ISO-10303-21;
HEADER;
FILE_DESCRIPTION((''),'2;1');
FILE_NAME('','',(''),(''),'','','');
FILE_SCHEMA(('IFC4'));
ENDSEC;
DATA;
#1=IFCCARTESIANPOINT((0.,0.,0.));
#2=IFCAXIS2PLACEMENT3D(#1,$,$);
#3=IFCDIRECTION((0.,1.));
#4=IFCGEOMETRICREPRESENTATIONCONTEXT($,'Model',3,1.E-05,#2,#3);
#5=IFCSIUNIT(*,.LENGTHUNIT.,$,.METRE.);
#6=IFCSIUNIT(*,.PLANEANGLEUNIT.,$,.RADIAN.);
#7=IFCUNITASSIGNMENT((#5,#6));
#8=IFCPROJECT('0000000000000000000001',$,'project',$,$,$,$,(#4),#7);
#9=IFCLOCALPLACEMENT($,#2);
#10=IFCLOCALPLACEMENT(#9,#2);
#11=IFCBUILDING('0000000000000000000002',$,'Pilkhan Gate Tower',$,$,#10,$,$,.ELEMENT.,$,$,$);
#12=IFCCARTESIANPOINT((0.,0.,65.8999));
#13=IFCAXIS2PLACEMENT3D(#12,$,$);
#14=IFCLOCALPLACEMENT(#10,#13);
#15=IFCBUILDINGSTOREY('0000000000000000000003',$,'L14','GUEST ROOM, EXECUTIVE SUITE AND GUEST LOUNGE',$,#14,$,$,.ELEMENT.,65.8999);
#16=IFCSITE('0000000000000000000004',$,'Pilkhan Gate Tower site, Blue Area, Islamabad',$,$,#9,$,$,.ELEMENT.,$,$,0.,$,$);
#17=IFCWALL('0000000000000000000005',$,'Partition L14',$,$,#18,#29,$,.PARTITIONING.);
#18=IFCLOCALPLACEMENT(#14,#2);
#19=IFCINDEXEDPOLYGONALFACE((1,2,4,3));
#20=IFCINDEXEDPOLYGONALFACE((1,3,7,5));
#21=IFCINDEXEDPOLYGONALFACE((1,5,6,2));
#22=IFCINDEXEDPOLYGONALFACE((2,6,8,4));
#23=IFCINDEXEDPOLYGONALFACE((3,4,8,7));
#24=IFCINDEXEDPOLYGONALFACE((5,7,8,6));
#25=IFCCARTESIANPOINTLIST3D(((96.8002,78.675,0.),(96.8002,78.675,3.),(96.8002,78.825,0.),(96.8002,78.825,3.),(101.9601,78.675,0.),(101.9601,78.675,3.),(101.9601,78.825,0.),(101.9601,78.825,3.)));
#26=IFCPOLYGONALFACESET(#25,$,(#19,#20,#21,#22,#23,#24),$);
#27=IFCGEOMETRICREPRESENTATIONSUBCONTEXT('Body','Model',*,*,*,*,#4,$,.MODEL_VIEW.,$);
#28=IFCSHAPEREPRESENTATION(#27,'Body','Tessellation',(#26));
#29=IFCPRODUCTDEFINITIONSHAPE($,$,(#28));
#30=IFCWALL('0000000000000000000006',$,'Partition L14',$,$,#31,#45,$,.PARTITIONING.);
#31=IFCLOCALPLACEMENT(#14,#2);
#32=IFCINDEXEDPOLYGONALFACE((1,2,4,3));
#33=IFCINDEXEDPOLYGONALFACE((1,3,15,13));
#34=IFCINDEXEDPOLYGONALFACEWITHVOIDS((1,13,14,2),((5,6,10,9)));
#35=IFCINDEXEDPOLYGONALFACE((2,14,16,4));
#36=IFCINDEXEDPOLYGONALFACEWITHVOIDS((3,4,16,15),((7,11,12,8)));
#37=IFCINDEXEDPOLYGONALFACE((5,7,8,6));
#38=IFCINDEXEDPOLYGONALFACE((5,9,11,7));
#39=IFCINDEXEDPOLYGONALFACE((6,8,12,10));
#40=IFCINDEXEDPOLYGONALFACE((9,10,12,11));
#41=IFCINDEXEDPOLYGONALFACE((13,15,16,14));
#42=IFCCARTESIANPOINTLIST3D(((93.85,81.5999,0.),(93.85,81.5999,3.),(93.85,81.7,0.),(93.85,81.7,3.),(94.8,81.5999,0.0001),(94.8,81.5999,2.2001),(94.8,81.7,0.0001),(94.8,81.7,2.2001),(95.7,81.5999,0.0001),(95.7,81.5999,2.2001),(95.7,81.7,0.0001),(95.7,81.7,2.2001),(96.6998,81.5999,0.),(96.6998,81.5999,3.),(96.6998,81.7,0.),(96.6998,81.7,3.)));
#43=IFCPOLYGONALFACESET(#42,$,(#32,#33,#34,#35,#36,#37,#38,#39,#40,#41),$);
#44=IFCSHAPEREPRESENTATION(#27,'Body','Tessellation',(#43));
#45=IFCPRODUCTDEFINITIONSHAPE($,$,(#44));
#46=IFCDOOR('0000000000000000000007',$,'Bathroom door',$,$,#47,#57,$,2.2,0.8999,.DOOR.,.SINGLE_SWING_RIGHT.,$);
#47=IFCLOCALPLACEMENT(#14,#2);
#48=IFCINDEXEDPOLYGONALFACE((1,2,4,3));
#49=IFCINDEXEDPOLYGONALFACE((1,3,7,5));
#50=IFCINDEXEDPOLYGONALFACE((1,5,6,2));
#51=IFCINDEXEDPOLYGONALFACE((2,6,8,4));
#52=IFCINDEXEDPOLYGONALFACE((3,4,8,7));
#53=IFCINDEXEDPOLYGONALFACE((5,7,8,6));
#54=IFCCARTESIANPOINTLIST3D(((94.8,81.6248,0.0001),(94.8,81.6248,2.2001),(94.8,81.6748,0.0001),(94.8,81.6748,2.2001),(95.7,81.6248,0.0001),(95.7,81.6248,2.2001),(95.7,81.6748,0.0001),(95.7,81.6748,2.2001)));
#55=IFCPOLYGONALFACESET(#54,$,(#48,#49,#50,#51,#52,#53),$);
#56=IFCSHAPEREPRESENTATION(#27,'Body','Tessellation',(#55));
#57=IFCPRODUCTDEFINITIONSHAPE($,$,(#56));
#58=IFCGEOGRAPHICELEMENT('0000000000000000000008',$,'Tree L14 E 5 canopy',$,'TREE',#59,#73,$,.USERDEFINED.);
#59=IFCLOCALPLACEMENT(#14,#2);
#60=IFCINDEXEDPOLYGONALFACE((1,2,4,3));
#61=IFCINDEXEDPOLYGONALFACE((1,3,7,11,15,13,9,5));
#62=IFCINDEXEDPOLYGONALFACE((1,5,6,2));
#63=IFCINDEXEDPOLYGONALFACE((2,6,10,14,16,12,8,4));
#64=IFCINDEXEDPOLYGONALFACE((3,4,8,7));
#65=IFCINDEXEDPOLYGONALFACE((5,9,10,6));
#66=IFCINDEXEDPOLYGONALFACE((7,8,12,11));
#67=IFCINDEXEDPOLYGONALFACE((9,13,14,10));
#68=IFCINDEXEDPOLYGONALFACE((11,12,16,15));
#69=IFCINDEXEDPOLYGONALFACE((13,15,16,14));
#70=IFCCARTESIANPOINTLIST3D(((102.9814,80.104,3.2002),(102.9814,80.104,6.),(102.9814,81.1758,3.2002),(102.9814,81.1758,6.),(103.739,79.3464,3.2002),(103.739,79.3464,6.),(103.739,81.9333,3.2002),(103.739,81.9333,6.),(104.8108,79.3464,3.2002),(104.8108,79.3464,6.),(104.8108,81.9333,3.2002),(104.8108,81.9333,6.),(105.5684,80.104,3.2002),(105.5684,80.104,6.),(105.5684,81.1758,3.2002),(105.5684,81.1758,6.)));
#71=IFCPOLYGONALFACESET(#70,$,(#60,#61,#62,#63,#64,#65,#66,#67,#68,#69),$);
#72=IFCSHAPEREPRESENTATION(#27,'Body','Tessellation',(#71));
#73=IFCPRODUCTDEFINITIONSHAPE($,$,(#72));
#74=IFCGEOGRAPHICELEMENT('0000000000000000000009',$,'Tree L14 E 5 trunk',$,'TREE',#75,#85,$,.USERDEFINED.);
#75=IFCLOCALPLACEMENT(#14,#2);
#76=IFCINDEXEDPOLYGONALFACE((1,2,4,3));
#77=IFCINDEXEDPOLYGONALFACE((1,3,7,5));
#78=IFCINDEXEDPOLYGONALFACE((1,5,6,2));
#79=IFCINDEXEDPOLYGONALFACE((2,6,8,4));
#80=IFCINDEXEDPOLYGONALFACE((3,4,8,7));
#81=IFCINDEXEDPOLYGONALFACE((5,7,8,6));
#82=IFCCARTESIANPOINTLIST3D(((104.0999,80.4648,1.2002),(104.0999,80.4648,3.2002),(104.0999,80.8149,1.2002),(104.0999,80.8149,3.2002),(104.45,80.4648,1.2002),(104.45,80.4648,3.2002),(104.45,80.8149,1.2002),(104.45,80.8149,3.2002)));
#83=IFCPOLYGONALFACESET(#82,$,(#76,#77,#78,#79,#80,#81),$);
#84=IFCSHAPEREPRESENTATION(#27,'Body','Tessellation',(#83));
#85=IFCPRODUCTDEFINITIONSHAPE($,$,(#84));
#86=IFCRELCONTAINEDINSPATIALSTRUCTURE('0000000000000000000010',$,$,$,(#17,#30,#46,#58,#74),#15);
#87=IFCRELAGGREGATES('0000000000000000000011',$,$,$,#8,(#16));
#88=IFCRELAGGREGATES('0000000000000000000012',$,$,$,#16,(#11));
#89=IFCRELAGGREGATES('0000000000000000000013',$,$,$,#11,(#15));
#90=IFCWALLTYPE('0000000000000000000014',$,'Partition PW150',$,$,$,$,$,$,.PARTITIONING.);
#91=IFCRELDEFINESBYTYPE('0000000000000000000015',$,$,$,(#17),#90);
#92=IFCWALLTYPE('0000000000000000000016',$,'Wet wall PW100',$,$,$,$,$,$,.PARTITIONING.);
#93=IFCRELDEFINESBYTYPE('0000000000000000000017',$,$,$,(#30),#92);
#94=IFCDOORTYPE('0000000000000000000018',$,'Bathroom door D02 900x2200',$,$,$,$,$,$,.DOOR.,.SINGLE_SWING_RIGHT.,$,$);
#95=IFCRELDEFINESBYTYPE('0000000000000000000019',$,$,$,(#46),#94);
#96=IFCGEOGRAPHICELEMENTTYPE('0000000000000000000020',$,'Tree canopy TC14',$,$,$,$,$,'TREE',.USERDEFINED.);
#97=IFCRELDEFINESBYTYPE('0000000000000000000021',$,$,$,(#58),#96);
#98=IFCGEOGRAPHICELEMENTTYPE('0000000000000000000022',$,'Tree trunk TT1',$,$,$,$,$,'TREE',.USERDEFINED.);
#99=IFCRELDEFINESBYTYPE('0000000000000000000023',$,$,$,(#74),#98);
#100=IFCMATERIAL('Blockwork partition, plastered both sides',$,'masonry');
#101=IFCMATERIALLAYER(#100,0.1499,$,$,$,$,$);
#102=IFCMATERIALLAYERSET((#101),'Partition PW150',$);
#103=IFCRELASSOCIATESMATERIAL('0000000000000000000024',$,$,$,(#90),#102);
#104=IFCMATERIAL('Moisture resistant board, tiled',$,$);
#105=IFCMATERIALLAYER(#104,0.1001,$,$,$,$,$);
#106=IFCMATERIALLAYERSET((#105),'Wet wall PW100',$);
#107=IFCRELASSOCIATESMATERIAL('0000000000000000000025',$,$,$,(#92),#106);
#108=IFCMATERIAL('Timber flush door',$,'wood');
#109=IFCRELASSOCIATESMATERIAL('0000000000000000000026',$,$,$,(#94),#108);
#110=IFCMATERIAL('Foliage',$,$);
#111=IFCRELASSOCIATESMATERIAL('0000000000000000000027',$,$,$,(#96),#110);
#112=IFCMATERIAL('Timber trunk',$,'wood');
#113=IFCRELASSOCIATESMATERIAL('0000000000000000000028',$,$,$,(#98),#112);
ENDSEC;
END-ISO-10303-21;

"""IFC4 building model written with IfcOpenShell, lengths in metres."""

from ifc_helpers import new_model, si_unit, direction, frame, frame_2d, origin, origin_2d, place, context, subcontext, project, spatial, polyline, rectangle, outline, extrude, material, layer, layer_set, material_profile, profile_set, type_object, element, fill, save


model = new_model("IFC4")

# Units and contexts
model_context = context("Model", 3, precision=1e-05, world=origin(), true_north=direction((0.0, 1.0)))
body_context = subcontext(model_context, "Body", "Model", "MODEL_VIEW")
ifc_project = project(units=[si_unit("LENGTHUNIT", "METRE"), si_unit("PLANEANGLEUNIT", "RADIAN")], contexts=[model_context])

# Site, building, storey
site_placement = place(None, origin())
site = spatial("IfcSite", under=ifc_project, at=site_placement, Name="Pilkhan Gate Tower site, Blue Area, Islamabad", CompositionType="ELEMENT", RefElevation=0.0)
building_placement = place(site_placement, origin())
building = spatial("IfcBuilding", under=site, at=building_placement, Name="Pilkhan Gate Tower", CompositionType="ELEMENT")
storey_placement = place(building_placement, frame((0.0, 0.0, 65.8999)))
storey = spatial("IfcBuildingStorey", under=building, at=storey_placement, Name="L14", Description="GUEST ROOM, EXECUTIVE SUITE AND GUEST LOUNGE", CompositionType="ELEMENT", Elevation=65.8999)

# Wall
ifc_material_1 = material(Name="Blockwork partition, plastered both sides", Category="masonry")
ifc_layer_1 = layer(ifc_material_1, 0.1499)
ifc_layer_set_1 = layer_set([ifc_layer_1], Name="Partition PW150")
wall_type_1 = type_object("IfcWallType", Name="Partition PW150", PredefinedType="PARTITIONING", material=ifc_layer_set_1)
wall_1_placement = place(storey_placement, frame((96.8, 78.75, 0.0), z_axis=(0.0, 0.0, 1.0), x_axis=(1.0, 0.0, 0.0)))
element("IfcWall", 1, at=wall_1_placement, inside=storey, type_object=wall_type_1, Name="Partition L14", PredefinedType="PARTITIONING", context=body_context, shape_type="SweptSolid", body=[
    extrude(rectangle(XDim=5.1599, YDim=0.1499, at=frame_2d((2.5801, 0.0))), origin(), (0.0, 0.0, 1.0), 3.0),
])

# Wall, opening, door
ifc_material_2 = material(Name="Moisture resistant board, tiled")
ifc_layer_2 = layer(ifc_material_2, 0.1001)
ifc_layer_set_2 = layer_set([ifc_layer_2], Name="Wet wall PW100")
wall_type_2 = type_object("IfcWallType", Name="Wet wall PW100", PredefinedType="PARTITIONING", material=ifc_layer_set_2)
wall_2_placement = place(storey_placement, frame((93.8501, 81.6499, 0.0), z_axis=(0.0, 0.0, 1.0), x_axis=(1.0, 0.0, 0.0)))
wall_2 = element("IfcWall", 2, at=wall_2_placement, inside=storey, type_object=wall_type_2, Name="Partition L14", PredefinedType="PARTITIONING", context=body_context, shape_type="SweptSolid", body=[
    extrude(rectangle(XDim=2.8499, YDim=0.1001, at=frame_2d((1.4248, 0.0))), origin(), (0.0, 0.0, 1.0), 3.0),
])
opening_1_placement = place(wall_2_placement, frame((0.95, 0.0, 0.0)))
opening_1 = element("IfcOpeningElement", 3, at=opening_1_placement, cuts=wall_2, PredefinedType="OPENING", context=body_context, shape_type="SweptSolid", body=[
    extrude(rectangle(XDim=0.8999, YDim=2.2, at=frame_2d((0.45, 1.1001))), frame((0.0, 0.0601, 0.0), z_axis=(0.0, -1.0, 0.0), x_axis=(1.0, 0.0, 0.0)), (0.0, 0.0, 1.0), 0.1201),
])
ifc_material_3 = material(Name="Timber flush door", Category="wood")
door_type_1 = type_object("IfcDoorType", Name="Bathroom door D02 900x2200", OperationType="SINGLE_SWING_RIGHT", PredefinedType="DOOR", material=ifc_material_3)
door_1_placement = place(opening_1_placement, origin())
door_1 = element("IfcDoor", 4, at=door_1_placement, inside=storey, type_object=door_type_1, Name="Bathroom door", OperationType="SINGLE_SWING_RIGHT", OverallHeight=2.2, OverallWidth=0.8999, PredefinedType="DOOR", context=body_context, shape_type="SweptSolid", body=[
    extrude(rectangle(XDim=0.8999, YDim=2.2, at=frame_2d((0.45, 1.1001))), frame((0.0, 0.0249, 0.0), z_axis=(0.0, -1.0, 0.0), x_axis=(1.0, 0.0, 0.0)), (0.0, 0.0, 1.0), 0.05),
])
fill(opening_1, door_1)

# Geographic elements
ifc_material_4 = material(Name="Foliage")
ifc_material_profile_1 = material_profile(ifc_material_4, outline(polyline([(1.2935, 0.5359), (0.5359, 1.2935), (-0.5359, 1.2935), (-1.2935, 0.5359), (-1.2935, -0.5359), (-0.5359, -1.2935), (0.5359, -1.2935), (1.2935, -0.5359), (1.2935, 0.5359)])), Name="Canopy D2.8")
ifc_profile_set_1 = profile_set([ifc_material_profile_1], Name="Foliage")
geographic_element_type_1 = type_object("IfcGeographicElementType", Name="Tree canopy TC14", ElementType="TREE", PredefinedType="USERDEFINED", material=ifc_profile_set_1)
geographic_element_1_placement = place(storey_placement, frame((104.2749, 80.6399, 3.2002), z_axis=(0.0, 0.0, 1.0), x_axis=(1.0, 0.0, 0.0)))
element("IfcGeographicElement", 5, at=geographic_element_1_placement, inside=storey, type_object=geographic_element_type_1, Name="Tree L14 E 5 canopy", ObjectType="TREE", PredefinedType="USERDEFINED", context=body_context, shape_type="SweptSolid", body=[
    extrude(outline(polyline([(1.2935, 0.5359), (0.5359, 1.2935), (-0.5359, 1.2935), (-1.2935, 0.5359), (-1.2935, -0.5359), (-0.5359, -1.2935), (0.5359, -1.2935), (1.2935, -0.5359), (1.2935, 0.5359)])), origin(), (0.0, 0.0, 1.0), 2.7998),
])
ifc_material_5 = material(Name="Timber trunk", Category="wood")
geographic_element_type_2 = type_object("IfcGeographicElementType", Name="Tree trunk TT1", ElementType="TREE", PredefinedType="USERDEFINED", material=ifc_material_5)
geographic_element_2_placement = place(storey_placement, frame((104.2749, 80.6399, 1.2002), z_axis=(0.0, 0.0, 1.0), x_axis=(1.0, 0.0, 0.0)))
element("IfcGeographicElement", 6, at=geographic_element_2_placement, inside=storey, type_object=geographic_element_type_2, Name="Tree L14 E 5 trunk", ObjectType="TREE", PredefinedType="USERDEFINED", context=body_context, shape_type="SweptSolid", body=[
    extrude(rectangle(XDim=0.3501, YDim=0.3501, at=origin_2d()), origin(), (0.0, 0.0, 1.0), 2.0),
])

save(model, "model.ifc")
